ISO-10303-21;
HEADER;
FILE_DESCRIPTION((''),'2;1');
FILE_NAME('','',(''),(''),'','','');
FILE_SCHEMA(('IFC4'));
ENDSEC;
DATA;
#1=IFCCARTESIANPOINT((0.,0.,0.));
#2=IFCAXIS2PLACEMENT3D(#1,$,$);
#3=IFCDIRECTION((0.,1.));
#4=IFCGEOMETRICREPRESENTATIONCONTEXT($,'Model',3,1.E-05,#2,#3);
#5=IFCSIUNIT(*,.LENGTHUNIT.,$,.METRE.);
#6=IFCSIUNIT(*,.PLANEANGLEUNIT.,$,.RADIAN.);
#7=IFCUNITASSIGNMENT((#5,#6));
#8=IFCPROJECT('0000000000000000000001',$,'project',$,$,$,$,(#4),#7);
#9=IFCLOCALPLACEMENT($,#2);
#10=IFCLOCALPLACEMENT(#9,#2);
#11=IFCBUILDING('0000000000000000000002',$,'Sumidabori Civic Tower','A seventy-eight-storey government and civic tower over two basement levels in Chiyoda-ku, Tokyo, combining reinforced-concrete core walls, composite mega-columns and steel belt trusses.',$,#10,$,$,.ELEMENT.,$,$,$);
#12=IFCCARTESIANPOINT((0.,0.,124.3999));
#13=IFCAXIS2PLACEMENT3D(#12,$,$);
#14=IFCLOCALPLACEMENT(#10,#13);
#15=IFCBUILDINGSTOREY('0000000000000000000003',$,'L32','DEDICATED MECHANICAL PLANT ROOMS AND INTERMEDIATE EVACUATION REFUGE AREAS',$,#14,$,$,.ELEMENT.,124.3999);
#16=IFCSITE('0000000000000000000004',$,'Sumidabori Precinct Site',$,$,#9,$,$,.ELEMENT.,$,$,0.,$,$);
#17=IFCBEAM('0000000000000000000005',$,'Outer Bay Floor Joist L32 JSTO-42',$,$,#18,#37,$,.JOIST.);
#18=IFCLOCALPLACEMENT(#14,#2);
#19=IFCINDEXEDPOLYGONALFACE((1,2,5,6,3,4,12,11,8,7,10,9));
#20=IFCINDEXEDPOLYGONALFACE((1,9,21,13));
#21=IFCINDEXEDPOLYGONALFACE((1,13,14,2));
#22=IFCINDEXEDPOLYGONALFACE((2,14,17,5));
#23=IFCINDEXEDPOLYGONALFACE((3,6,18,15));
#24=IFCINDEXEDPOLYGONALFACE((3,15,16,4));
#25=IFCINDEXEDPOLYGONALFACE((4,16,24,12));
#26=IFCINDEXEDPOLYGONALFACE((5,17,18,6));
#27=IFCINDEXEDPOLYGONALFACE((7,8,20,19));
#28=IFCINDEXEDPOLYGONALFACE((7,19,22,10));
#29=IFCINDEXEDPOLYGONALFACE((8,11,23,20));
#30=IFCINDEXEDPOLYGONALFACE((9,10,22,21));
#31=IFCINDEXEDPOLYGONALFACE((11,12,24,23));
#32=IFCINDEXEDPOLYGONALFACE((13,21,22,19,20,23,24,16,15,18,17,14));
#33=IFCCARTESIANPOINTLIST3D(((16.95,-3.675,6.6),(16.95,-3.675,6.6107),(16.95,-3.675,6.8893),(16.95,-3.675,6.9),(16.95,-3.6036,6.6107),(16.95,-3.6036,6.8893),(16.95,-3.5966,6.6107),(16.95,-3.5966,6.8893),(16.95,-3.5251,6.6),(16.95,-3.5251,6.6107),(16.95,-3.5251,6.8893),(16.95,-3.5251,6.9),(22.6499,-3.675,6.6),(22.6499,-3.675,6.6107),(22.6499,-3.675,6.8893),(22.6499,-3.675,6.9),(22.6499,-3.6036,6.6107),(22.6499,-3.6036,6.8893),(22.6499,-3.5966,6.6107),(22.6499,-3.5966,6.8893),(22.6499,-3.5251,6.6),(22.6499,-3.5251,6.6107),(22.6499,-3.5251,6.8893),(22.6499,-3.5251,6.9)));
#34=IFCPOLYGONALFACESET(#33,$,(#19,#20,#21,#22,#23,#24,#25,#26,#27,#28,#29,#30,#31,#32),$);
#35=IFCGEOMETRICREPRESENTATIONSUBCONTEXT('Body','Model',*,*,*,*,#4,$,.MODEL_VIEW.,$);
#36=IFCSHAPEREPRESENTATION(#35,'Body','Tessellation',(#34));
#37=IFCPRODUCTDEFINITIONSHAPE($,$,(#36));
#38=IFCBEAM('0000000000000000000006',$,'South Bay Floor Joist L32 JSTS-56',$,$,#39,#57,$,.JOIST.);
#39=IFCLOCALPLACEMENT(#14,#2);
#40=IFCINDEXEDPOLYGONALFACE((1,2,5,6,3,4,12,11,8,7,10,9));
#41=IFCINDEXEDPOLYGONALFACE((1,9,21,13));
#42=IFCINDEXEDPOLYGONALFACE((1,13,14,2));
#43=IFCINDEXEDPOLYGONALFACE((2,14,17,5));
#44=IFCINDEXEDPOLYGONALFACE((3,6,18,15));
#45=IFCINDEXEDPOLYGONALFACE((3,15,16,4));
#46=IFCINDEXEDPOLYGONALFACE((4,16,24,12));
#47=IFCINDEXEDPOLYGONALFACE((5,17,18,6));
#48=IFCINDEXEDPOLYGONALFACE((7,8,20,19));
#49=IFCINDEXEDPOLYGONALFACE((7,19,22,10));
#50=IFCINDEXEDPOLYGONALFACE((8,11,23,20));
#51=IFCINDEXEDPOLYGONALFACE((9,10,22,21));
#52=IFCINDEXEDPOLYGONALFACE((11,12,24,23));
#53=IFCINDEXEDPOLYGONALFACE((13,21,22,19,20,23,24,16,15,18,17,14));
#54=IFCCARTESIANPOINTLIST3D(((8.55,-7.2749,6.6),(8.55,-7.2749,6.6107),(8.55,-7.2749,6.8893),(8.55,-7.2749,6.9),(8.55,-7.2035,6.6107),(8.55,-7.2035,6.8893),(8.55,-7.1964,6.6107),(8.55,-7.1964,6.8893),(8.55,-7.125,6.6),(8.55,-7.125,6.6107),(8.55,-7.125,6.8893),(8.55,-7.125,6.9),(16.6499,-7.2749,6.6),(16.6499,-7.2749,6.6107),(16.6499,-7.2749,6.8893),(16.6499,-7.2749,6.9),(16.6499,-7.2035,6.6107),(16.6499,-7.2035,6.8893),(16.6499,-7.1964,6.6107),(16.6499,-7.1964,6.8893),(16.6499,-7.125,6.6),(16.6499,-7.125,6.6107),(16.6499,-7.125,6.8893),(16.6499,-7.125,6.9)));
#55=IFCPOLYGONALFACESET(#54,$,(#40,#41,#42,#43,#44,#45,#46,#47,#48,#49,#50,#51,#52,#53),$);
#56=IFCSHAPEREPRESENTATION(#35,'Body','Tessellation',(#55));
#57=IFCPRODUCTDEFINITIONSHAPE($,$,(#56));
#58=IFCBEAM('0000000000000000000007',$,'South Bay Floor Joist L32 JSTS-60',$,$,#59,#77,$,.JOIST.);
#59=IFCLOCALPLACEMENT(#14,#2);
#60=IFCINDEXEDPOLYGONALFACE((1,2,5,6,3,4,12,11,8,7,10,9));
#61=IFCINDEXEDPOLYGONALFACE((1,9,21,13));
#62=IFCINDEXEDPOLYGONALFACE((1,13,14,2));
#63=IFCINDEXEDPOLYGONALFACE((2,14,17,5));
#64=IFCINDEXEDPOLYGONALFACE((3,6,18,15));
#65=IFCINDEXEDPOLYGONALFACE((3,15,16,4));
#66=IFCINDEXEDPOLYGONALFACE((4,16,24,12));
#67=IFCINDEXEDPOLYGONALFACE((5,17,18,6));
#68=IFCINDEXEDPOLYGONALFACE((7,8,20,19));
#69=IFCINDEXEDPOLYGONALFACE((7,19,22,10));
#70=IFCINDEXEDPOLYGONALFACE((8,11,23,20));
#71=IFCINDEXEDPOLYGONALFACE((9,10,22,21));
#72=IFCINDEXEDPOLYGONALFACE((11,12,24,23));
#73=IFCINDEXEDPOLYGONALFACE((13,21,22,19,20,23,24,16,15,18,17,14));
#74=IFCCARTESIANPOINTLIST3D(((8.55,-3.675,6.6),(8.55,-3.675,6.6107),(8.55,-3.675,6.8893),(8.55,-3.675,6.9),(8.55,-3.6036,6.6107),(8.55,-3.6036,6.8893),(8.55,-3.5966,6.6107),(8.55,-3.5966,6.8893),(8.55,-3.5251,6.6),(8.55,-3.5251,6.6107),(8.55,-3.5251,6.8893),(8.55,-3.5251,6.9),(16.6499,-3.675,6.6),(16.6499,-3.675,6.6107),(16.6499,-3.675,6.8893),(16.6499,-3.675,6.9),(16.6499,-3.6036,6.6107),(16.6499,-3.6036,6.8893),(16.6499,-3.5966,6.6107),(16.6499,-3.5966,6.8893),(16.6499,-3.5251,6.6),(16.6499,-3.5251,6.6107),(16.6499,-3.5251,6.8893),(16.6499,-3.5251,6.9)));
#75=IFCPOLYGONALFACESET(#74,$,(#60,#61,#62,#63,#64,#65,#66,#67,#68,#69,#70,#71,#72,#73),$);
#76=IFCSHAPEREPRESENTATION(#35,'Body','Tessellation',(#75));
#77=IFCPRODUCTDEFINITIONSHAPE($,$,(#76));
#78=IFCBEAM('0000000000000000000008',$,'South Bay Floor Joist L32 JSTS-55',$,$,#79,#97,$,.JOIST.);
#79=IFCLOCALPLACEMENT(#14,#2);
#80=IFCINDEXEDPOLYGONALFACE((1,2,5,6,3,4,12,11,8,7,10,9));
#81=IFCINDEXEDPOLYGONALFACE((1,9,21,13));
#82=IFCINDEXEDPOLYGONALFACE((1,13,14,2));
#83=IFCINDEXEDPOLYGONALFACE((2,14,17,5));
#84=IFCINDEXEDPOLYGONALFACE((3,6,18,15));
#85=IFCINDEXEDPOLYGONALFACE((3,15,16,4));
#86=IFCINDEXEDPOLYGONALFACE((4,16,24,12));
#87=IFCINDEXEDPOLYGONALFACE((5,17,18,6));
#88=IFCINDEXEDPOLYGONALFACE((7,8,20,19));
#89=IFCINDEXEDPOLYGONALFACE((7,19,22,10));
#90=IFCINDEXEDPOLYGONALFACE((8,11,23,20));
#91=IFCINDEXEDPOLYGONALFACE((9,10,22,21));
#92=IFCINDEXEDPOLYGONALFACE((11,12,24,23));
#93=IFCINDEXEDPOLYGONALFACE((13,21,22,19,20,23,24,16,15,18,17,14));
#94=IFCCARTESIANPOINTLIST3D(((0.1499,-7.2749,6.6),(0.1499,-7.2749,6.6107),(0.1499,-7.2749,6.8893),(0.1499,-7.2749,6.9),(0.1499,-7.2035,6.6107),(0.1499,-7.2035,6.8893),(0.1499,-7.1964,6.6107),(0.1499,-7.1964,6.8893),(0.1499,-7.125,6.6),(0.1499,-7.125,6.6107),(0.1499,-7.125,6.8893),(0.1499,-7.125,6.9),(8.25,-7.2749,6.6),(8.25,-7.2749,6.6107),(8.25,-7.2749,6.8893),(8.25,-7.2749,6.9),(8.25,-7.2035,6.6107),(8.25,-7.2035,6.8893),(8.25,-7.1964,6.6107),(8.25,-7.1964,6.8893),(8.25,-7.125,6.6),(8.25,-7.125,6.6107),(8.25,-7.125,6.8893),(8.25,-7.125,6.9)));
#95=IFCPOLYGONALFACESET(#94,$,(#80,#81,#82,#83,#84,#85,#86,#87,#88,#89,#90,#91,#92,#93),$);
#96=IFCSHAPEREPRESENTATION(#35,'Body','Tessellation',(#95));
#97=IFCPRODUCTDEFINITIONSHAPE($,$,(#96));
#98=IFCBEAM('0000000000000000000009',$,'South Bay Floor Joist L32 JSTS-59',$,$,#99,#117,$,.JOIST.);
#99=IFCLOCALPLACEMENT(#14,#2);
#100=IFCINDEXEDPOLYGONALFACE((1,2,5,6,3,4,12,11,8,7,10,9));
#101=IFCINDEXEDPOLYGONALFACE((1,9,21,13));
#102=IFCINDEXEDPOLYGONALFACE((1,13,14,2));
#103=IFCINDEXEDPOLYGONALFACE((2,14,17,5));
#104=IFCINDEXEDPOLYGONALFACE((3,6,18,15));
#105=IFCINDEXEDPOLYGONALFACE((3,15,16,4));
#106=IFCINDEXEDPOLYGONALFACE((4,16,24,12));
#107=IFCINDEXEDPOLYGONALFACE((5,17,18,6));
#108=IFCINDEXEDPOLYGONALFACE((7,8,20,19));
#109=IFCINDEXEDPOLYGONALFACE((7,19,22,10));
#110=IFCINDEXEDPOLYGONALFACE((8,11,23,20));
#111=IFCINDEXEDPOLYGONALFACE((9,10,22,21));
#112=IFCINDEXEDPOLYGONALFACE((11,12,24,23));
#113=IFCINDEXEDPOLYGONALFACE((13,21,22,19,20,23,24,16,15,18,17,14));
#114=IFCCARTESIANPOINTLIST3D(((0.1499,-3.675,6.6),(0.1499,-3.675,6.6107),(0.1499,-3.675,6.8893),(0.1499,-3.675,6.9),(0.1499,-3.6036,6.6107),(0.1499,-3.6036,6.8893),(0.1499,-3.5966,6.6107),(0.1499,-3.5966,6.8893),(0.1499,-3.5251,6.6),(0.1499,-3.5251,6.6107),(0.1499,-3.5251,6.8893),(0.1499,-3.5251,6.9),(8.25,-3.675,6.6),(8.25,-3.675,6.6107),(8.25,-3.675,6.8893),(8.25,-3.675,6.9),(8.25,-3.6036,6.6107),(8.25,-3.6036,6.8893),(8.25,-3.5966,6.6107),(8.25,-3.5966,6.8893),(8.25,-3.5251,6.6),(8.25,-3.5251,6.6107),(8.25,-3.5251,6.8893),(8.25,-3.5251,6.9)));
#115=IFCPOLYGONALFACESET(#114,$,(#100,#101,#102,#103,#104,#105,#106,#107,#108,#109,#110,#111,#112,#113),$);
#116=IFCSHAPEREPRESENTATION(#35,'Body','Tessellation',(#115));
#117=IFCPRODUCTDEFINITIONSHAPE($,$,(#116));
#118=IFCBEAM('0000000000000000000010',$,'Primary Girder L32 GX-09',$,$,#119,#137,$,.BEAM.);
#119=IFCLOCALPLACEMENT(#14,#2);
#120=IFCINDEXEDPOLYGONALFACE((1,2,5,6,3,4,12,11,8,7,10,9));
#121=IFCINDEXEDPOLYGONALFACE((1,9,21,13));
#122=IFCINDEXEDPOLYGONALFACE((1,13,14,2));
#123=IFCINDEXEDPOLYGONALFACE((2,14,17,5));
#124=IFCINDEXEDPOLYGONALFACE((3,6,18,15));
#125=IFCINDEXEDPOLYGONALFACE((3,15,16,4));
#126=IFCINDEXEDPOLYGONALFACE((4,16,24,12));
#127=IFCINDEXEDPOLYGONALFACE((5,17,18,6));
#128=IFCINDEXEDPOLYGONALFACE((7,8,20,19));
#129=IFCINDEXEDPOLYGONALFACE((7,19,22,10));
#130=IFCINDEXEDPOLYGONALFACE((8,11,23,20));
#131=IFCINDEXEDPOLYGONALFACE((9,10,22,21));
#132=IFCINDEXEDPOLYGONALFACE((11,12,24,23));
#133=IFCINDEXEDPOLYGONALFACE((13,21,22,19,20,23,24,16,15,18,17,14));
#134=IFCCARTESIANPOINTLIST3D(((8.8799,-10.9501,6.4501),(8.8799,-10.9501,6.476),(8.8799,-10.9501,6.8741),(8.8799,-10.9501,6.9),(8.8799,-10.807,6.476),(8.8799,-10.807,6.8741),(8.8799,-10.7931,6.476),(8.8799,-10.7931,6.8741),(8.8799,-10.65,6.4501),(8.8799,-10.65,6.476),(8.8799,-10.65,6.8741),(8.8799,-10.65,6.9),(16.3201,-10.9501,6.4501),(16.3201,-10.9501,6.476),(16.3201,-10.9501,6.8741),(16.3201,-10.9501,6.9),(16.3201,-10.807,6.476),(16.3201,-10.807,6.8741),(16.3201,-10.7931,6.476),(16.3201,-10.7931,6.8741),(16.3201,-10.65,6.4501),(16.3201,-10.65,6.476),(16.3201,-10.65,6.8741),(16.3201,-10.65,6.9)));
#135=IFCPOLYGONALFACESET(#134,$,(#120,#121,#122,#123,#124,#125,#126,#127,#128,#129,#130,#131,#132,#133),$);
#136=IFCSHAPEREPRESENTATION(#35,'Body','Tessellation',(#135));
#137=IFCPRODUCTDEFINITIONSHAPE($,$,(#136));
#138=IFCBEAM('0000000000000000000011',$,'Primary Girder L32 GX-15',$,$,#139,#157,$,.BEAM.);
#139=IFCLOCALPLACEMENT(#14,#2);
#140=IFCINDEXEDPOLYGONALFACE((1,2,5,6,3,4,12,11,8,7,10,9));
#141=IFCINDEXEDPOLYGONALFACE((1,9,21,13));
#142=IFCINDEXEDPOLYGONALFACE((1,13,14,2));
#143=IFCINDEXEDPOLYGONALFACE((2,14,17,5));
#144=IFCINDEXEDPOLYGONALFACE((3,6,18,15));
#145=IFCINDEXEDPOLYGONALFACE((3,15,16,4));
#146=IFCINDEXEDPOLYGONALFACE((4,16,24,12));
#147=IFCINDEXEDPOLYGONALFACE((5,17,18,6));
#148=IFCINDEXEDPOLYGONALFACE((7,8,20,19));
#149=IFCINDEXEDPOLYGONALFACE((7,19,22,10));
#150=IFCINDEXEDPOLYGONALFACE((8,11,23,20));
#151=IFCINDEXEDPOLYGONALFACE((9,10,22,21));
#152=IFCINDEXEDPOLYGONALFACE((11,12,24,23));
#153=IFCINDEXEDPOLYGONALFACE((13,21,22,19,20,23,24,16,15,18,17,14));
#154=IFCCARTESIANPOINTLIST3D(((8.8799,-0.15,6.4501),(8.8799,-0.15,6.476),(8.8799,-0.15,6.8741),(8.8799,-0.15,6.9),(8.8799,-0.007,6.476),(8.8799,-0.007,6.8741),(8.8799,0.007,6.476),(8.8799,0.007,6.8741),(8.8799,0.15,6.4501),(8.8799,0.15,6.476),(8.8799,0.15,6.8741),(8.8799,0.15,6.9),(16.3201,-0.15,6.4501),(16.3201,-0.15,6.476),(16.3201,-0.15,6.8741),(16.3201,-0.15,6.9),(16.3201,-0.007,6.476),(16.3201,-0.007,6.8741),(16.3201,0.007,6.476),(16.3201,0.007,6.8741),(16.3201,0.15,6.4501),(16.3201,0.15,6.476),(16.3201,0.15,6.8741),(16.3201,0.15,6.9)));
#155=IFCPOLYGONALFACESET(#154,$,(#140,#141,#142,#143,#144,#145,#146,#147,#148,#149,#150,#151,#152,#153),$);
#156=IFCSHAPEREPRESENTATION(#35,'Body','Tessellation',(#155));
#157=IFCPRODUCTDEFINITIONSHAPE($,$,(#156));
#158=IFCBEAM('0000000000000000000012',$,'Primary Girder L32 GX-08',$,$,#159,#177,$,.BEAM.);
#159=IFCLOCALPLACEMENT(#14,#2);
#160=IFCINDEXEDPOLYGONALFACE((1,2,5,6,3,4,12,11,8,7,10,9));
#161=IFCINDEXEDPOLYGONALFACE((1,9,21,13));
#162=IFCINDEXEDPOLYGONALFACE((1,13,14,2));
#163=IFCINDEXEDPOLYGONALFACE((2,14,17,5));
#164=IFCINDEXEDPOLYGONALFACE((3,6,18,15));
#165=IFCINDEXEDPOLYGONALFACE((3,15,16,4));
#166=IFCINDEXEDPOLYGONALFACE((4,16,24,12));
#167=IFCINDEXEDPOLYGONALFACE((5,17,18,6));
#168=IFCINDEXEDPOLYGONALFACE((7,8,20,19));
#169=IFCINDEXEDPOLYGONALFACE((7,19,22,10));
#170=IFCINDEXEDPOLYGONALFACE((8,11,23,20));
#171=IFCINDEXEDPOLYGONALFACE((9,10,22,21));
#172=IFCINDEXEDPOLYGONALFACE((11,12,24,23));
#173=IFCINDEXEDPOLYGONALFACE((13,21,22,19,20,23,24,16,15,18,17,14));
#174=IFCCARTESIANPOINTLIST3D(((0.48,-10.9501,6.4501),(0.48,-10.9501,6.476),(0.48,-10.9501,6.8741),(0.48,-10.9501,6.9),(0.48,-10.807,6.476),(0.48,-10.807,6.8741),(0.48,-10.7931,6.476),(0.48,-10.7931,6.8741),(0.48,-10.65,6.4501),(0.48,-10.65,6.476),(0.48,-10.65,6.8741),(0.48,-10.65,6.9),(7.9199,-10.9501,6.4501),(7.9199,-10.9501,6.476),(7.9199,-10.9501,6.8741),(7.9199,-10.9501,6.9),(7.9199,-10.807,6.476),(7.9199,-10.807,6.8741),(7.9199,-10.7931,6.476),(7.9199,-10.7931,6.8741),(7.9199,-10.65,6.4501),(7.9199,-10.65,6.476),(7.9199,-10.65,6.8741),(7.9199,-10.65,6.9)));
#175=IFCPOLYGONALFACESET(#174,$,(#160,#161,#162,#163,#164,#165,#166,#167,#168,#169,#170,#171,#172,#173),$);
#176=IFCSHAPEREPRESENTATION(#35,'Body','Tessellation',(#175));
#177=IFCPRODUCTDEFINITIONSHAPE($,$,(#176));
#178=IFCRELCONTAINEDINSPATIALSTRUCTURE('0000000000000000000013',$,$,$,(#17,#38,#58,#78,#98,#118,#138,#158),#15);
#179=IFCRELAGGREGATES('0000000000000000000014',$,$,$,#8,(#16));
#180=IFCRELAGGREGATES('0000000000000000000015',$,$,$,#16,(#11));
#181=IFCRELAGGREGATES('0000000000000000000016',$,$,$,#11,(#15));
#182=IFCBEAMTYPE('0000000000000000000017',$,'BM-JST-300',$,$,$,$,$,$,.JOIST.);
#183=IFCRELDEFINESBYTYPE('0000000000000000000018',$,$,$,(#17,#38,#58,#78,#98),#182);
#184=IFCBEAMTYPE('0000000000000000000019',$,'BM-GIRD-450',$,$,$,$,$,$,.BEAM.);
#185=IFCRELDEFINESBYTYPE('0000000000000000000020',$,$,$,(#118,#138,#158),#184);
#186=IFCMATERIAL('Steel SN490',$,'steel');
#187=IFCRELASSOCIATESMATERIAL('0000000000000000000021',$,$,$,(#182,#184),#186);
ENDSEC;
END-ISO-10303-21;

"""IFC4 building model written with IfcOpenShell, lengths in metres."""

from ifc_helpers import new_model, si_unit, direction, frame, origin, origin_2d, place, context, subcontext, project, spatial, i_section, extrude, source, transform, mapped, material, material_profile, profile_set, type_object, element, save


model = new_model("IFC4")

# Units and contexts
model_context = context("Model", 3, precision=1e-05, world=origin(), true_north=direction((0.0, 1.0)))
body_context = subcontext(model_context, "Body", "Model", "MODEL_VIEW")
ifc_project = project(units=[si_unit("LENGTHUNIT", "METRE"), si_unit("PLANEANGLEUNIT", "RADIAN")], contexts=[model_context])

# Site, building, storey
site_placement = place(None, origin())
site = spatial("IfcSite", under=ifc_project, at=site_placement, Name="Sumidabori Precinct Site", CompositionType="ELEMENT", RefElevation=0.0)
building_placement = place(site_placement, origin())
building = spatial("IfcBuilding", under=site, at=building_placement, Name="Sumidabori Civic Tower", Description="A seventy-eight-storey government and civic tower over two basement levels in Chiyoda-ku, Tokyo, combining reinforced-concrete core walls, composite mega-columns and steel belt trusses.", CompositionType="ELEMENT")
storey_placement = place(building_placement, frame((0.0, 0.0, 124.3999)))
storey = spatial("IfcBuildingStorey", under=building, at=storey_placement, Name="L32", Description="DEDICATED MECHANICAL PLANT ROOMS AND INTERMEDIATE EVACUATION REFUGE AREAS", CompositionType="ELEMENT", Elevation=124.3999)

# Beams
ifc_material_1 = material(Name="Steel SN490", Category="steel")
ifc_material_profile_1 = material_profile(ifc_material_1, i_section(OverallWidth=0.1499, OverallDepth=0.3, WebThickness=0.0071, FlangeThickness=0.0107, at=origin_2d()), Name="IPE 300")
ifc_profile_set_1 = profile_set([ifc_material_profile_1], Name="Steel SN490")
beam_type_1 = type_object("IfcBeamType", Name="BM-JST-300", PredefinedType="JOIST", material=ifc_profile_set_1)
shared_shape_1 = source(origin(), body_context, "Body", "SweptSolid", [
    extrude(i_section(OverallWidth=0.1499, OverallDepth=0.3, WebThickness=0.0071, FlangeThickness=0.0107, at=origin_2d()), origin(), (0.0, 0.0, 1.0), 5.7),
])
for number, where, z_axis, x_axis, name in (
    (1, (16.95, -3.6001, 6.75), (1.0, 0.0, 0.0), (0.0, 1.0, 0.0), "Outer Bay Floor Joist L32 JSTO-42"),
):
    element("IfcBeam", number, at=place(storey_placement, frame(where, z_axis=z_axis, x_axis=x_axis)), inside=storey, type_object=beam_type_1, Name=name, PredefinedType="JOIST", context=body_context, shape_type="MappedRepresentation", body=[
        mapped(shared_shape_1, transform((0.0, 0.0, 0.0), x_axis=(1.0, 0.0, 0.0), y_axis=(0.0, 1.0, 0.0), z_axis=(0.0, 0.0, 1.0), scale=1.0)),
    ])
shared_shape_2 = source(origin(), body_context, "Body", "SweptSolid", [
    extrude(i_section(OverallWidth=0.1499, OverallDepth=0.3, WebThickness=0.0071, FlangeThickness=0.0107, at=origin_2d()), origin(), (0.0, 0.0, 1.0), 8.0999),
])
for number, where, z_axis, x_axis, name in (
    (2, (8.55, -7.2, 6.75), (1.0, 0.0, 0.0), (0.0, 1.0, 0.0), "South Bay Floor Joist L32 JSTS-56"),
    (3, (8.55, -3.6001, 6.75), (1.0, 0.0, 0.0), (0.0, 1.0, 0.0), "South Bay Floor Joist L32 JSTS-60"),
):
    element("IfcBeam", number, at=place(storey_placement, frame(where, z_axis=z_axis, x_axis=x_axis)), inside=storey, type_object=beam_type_1, Name=name, PredefinedType="JOIST", context=body_context, shape_type="MappedRepresentation", body=[
        mapped(shared_shape_2, transform((0.0, 0.0, 0.0), x_axis=(1.0, 0.0, 0.0), y_axis=(0.0, 1.0, 0.0), z_axis=(0.0, 0.0, 1.0), scale=1.0)),
    ])
shared_shape_3 = source(origin(), body_context, "Body", "SweptSolid", [
    extrude(i_section(OverallWidth=0.1499, OverallDepth=0.3, WebThickness=0.0071, FlangeThickness=0.0107, at=origin_2d()), origin(), (0.0, 0.0, 1.0), 8.1001),
])
for number, where, z_axis, x_axis, name in (
    (4, (0.1499, -7.2, 6.75), (1.0, 0.0, 0.0), (0.0, 1.0, 0.0), "South Bay Floor Joist L32 JSTS-55"),
    (5, (0.1499, -3.6001, 6.75), (1.0, 0.0, 0.0), (0.0, 1.0, 0.0), "South Bay Floor Joist L32 JSTS-59"),
):
    element("IfcBeam", number, at=place(storey_placement, frame(where, z_axis=z_axis, x_axis=x_axis)), inside=storey, type_object=beam_type_1, Name=name, PredefinedType="JOIST", context=body_context, shape_type="MappedRepresentation", body=[
        mapped(shared_shape_3, transform((0.0, 0.0, 0.0), x_axis=(1.0, 0.0, 0.0), y_axis=(0.0, 1.0, 0.0), z_axis=(0.0, 0.0, 1.0), scale=1.0)),
    ])
ifc_material_profile_2 = material_profile(ifc_material_1, i_section(OverallWidth=0.3, OverallDepth=0.45, WebThickness=0.0139, FlangeThickness=0.0259, at=origin_2d()), Name="HE 450 B")
ifc_profile_set_2 = profile_set([ifc_material_profile_2], Name="Steel SN490")
beam_type_2 = type_object("IfcBeamType", Name="BM-GIRD-450", PredefinedType="BEAM", material=ifc_profile_set_2)
shared_shape_4 = source(origin(), body_context, "Body", "SweptSolid", [
    extrude(i_section(OverallWidth=0.3, OverallDepth=0.45, WebThickness=0.0139, FlangeThickness=0.0259, at=origin_2d()), origin(), (0.0, 0.0, 1.0), 7.4402),
])
for number, where, z_axis, x_axis, name in (
    (6, (8.8799, -10.8, 6.675), (1.0, 0.0, 0.0), (0.0, 1.0, 0.0), "Primary Girder L32 GX-09"),
    (7, (8.8799, 0.0, 6.675), (1.0, 0.0, 0.0), (0.0, 1.0, 0.0), "Primary Girder L32 GX-15"),
):
    element("IfcBeam", number, at=place(storey_placement, frame(where, z_axis=z_axis, x_axis=x_axis)), inside=storey, type_object=beam_type_2, Name=name, PredefinedType="BEAM", context=body_context, shape_type="MappedRepresentation", body=[
        mapped(shared_shape_4, transform((0.0, 0.0, 0.0), x_axis=(1.0, 0.0, 0.0), y_axis=(0.0, 1.0, 0.0), z_axis=(0.0, 0.0, 1.0), scale=1.0)),
    ])
shared_shape_5 = source(origin(), body_context, "Body", "SweptSolid", [
    extrude(i_section(OverallWidth=0.3, OverallDepth=0.45, WebThickness=0.0139, FlangeThickness=0.0259, at=origin_2d()), origin(), (0.0, 0.0, 1.0), 7.4399),
])
for number, where, z_axis, x_axis, name in (
    (8, (0.48, -10.8, 6.675), (1.0, 0.0, 0.0), (0.0, 1.0, 0.0), "Primary Girder L32 GX-08"),
):
    element("IfcBeam", number, at=place(storey_placement, frame(where, z_axis=z_axis, x_axis=x_axis)), inside=storey, type_object=beam_type_2, Name=name, PredefinedType="BEAM", context=body_context, shape_type="MappedRepresentation", body=[
        mapped(shared_shape_5, transform((0.0, 0.0, 0.0), x_axis=(1.0, 0.0, 0.0), y_axis=(0.0, 1.0, 0.0), z_axis=(0.0, 0.0, 1.0), scale=1.0)),
    ])

save(model, "model.ifc")
